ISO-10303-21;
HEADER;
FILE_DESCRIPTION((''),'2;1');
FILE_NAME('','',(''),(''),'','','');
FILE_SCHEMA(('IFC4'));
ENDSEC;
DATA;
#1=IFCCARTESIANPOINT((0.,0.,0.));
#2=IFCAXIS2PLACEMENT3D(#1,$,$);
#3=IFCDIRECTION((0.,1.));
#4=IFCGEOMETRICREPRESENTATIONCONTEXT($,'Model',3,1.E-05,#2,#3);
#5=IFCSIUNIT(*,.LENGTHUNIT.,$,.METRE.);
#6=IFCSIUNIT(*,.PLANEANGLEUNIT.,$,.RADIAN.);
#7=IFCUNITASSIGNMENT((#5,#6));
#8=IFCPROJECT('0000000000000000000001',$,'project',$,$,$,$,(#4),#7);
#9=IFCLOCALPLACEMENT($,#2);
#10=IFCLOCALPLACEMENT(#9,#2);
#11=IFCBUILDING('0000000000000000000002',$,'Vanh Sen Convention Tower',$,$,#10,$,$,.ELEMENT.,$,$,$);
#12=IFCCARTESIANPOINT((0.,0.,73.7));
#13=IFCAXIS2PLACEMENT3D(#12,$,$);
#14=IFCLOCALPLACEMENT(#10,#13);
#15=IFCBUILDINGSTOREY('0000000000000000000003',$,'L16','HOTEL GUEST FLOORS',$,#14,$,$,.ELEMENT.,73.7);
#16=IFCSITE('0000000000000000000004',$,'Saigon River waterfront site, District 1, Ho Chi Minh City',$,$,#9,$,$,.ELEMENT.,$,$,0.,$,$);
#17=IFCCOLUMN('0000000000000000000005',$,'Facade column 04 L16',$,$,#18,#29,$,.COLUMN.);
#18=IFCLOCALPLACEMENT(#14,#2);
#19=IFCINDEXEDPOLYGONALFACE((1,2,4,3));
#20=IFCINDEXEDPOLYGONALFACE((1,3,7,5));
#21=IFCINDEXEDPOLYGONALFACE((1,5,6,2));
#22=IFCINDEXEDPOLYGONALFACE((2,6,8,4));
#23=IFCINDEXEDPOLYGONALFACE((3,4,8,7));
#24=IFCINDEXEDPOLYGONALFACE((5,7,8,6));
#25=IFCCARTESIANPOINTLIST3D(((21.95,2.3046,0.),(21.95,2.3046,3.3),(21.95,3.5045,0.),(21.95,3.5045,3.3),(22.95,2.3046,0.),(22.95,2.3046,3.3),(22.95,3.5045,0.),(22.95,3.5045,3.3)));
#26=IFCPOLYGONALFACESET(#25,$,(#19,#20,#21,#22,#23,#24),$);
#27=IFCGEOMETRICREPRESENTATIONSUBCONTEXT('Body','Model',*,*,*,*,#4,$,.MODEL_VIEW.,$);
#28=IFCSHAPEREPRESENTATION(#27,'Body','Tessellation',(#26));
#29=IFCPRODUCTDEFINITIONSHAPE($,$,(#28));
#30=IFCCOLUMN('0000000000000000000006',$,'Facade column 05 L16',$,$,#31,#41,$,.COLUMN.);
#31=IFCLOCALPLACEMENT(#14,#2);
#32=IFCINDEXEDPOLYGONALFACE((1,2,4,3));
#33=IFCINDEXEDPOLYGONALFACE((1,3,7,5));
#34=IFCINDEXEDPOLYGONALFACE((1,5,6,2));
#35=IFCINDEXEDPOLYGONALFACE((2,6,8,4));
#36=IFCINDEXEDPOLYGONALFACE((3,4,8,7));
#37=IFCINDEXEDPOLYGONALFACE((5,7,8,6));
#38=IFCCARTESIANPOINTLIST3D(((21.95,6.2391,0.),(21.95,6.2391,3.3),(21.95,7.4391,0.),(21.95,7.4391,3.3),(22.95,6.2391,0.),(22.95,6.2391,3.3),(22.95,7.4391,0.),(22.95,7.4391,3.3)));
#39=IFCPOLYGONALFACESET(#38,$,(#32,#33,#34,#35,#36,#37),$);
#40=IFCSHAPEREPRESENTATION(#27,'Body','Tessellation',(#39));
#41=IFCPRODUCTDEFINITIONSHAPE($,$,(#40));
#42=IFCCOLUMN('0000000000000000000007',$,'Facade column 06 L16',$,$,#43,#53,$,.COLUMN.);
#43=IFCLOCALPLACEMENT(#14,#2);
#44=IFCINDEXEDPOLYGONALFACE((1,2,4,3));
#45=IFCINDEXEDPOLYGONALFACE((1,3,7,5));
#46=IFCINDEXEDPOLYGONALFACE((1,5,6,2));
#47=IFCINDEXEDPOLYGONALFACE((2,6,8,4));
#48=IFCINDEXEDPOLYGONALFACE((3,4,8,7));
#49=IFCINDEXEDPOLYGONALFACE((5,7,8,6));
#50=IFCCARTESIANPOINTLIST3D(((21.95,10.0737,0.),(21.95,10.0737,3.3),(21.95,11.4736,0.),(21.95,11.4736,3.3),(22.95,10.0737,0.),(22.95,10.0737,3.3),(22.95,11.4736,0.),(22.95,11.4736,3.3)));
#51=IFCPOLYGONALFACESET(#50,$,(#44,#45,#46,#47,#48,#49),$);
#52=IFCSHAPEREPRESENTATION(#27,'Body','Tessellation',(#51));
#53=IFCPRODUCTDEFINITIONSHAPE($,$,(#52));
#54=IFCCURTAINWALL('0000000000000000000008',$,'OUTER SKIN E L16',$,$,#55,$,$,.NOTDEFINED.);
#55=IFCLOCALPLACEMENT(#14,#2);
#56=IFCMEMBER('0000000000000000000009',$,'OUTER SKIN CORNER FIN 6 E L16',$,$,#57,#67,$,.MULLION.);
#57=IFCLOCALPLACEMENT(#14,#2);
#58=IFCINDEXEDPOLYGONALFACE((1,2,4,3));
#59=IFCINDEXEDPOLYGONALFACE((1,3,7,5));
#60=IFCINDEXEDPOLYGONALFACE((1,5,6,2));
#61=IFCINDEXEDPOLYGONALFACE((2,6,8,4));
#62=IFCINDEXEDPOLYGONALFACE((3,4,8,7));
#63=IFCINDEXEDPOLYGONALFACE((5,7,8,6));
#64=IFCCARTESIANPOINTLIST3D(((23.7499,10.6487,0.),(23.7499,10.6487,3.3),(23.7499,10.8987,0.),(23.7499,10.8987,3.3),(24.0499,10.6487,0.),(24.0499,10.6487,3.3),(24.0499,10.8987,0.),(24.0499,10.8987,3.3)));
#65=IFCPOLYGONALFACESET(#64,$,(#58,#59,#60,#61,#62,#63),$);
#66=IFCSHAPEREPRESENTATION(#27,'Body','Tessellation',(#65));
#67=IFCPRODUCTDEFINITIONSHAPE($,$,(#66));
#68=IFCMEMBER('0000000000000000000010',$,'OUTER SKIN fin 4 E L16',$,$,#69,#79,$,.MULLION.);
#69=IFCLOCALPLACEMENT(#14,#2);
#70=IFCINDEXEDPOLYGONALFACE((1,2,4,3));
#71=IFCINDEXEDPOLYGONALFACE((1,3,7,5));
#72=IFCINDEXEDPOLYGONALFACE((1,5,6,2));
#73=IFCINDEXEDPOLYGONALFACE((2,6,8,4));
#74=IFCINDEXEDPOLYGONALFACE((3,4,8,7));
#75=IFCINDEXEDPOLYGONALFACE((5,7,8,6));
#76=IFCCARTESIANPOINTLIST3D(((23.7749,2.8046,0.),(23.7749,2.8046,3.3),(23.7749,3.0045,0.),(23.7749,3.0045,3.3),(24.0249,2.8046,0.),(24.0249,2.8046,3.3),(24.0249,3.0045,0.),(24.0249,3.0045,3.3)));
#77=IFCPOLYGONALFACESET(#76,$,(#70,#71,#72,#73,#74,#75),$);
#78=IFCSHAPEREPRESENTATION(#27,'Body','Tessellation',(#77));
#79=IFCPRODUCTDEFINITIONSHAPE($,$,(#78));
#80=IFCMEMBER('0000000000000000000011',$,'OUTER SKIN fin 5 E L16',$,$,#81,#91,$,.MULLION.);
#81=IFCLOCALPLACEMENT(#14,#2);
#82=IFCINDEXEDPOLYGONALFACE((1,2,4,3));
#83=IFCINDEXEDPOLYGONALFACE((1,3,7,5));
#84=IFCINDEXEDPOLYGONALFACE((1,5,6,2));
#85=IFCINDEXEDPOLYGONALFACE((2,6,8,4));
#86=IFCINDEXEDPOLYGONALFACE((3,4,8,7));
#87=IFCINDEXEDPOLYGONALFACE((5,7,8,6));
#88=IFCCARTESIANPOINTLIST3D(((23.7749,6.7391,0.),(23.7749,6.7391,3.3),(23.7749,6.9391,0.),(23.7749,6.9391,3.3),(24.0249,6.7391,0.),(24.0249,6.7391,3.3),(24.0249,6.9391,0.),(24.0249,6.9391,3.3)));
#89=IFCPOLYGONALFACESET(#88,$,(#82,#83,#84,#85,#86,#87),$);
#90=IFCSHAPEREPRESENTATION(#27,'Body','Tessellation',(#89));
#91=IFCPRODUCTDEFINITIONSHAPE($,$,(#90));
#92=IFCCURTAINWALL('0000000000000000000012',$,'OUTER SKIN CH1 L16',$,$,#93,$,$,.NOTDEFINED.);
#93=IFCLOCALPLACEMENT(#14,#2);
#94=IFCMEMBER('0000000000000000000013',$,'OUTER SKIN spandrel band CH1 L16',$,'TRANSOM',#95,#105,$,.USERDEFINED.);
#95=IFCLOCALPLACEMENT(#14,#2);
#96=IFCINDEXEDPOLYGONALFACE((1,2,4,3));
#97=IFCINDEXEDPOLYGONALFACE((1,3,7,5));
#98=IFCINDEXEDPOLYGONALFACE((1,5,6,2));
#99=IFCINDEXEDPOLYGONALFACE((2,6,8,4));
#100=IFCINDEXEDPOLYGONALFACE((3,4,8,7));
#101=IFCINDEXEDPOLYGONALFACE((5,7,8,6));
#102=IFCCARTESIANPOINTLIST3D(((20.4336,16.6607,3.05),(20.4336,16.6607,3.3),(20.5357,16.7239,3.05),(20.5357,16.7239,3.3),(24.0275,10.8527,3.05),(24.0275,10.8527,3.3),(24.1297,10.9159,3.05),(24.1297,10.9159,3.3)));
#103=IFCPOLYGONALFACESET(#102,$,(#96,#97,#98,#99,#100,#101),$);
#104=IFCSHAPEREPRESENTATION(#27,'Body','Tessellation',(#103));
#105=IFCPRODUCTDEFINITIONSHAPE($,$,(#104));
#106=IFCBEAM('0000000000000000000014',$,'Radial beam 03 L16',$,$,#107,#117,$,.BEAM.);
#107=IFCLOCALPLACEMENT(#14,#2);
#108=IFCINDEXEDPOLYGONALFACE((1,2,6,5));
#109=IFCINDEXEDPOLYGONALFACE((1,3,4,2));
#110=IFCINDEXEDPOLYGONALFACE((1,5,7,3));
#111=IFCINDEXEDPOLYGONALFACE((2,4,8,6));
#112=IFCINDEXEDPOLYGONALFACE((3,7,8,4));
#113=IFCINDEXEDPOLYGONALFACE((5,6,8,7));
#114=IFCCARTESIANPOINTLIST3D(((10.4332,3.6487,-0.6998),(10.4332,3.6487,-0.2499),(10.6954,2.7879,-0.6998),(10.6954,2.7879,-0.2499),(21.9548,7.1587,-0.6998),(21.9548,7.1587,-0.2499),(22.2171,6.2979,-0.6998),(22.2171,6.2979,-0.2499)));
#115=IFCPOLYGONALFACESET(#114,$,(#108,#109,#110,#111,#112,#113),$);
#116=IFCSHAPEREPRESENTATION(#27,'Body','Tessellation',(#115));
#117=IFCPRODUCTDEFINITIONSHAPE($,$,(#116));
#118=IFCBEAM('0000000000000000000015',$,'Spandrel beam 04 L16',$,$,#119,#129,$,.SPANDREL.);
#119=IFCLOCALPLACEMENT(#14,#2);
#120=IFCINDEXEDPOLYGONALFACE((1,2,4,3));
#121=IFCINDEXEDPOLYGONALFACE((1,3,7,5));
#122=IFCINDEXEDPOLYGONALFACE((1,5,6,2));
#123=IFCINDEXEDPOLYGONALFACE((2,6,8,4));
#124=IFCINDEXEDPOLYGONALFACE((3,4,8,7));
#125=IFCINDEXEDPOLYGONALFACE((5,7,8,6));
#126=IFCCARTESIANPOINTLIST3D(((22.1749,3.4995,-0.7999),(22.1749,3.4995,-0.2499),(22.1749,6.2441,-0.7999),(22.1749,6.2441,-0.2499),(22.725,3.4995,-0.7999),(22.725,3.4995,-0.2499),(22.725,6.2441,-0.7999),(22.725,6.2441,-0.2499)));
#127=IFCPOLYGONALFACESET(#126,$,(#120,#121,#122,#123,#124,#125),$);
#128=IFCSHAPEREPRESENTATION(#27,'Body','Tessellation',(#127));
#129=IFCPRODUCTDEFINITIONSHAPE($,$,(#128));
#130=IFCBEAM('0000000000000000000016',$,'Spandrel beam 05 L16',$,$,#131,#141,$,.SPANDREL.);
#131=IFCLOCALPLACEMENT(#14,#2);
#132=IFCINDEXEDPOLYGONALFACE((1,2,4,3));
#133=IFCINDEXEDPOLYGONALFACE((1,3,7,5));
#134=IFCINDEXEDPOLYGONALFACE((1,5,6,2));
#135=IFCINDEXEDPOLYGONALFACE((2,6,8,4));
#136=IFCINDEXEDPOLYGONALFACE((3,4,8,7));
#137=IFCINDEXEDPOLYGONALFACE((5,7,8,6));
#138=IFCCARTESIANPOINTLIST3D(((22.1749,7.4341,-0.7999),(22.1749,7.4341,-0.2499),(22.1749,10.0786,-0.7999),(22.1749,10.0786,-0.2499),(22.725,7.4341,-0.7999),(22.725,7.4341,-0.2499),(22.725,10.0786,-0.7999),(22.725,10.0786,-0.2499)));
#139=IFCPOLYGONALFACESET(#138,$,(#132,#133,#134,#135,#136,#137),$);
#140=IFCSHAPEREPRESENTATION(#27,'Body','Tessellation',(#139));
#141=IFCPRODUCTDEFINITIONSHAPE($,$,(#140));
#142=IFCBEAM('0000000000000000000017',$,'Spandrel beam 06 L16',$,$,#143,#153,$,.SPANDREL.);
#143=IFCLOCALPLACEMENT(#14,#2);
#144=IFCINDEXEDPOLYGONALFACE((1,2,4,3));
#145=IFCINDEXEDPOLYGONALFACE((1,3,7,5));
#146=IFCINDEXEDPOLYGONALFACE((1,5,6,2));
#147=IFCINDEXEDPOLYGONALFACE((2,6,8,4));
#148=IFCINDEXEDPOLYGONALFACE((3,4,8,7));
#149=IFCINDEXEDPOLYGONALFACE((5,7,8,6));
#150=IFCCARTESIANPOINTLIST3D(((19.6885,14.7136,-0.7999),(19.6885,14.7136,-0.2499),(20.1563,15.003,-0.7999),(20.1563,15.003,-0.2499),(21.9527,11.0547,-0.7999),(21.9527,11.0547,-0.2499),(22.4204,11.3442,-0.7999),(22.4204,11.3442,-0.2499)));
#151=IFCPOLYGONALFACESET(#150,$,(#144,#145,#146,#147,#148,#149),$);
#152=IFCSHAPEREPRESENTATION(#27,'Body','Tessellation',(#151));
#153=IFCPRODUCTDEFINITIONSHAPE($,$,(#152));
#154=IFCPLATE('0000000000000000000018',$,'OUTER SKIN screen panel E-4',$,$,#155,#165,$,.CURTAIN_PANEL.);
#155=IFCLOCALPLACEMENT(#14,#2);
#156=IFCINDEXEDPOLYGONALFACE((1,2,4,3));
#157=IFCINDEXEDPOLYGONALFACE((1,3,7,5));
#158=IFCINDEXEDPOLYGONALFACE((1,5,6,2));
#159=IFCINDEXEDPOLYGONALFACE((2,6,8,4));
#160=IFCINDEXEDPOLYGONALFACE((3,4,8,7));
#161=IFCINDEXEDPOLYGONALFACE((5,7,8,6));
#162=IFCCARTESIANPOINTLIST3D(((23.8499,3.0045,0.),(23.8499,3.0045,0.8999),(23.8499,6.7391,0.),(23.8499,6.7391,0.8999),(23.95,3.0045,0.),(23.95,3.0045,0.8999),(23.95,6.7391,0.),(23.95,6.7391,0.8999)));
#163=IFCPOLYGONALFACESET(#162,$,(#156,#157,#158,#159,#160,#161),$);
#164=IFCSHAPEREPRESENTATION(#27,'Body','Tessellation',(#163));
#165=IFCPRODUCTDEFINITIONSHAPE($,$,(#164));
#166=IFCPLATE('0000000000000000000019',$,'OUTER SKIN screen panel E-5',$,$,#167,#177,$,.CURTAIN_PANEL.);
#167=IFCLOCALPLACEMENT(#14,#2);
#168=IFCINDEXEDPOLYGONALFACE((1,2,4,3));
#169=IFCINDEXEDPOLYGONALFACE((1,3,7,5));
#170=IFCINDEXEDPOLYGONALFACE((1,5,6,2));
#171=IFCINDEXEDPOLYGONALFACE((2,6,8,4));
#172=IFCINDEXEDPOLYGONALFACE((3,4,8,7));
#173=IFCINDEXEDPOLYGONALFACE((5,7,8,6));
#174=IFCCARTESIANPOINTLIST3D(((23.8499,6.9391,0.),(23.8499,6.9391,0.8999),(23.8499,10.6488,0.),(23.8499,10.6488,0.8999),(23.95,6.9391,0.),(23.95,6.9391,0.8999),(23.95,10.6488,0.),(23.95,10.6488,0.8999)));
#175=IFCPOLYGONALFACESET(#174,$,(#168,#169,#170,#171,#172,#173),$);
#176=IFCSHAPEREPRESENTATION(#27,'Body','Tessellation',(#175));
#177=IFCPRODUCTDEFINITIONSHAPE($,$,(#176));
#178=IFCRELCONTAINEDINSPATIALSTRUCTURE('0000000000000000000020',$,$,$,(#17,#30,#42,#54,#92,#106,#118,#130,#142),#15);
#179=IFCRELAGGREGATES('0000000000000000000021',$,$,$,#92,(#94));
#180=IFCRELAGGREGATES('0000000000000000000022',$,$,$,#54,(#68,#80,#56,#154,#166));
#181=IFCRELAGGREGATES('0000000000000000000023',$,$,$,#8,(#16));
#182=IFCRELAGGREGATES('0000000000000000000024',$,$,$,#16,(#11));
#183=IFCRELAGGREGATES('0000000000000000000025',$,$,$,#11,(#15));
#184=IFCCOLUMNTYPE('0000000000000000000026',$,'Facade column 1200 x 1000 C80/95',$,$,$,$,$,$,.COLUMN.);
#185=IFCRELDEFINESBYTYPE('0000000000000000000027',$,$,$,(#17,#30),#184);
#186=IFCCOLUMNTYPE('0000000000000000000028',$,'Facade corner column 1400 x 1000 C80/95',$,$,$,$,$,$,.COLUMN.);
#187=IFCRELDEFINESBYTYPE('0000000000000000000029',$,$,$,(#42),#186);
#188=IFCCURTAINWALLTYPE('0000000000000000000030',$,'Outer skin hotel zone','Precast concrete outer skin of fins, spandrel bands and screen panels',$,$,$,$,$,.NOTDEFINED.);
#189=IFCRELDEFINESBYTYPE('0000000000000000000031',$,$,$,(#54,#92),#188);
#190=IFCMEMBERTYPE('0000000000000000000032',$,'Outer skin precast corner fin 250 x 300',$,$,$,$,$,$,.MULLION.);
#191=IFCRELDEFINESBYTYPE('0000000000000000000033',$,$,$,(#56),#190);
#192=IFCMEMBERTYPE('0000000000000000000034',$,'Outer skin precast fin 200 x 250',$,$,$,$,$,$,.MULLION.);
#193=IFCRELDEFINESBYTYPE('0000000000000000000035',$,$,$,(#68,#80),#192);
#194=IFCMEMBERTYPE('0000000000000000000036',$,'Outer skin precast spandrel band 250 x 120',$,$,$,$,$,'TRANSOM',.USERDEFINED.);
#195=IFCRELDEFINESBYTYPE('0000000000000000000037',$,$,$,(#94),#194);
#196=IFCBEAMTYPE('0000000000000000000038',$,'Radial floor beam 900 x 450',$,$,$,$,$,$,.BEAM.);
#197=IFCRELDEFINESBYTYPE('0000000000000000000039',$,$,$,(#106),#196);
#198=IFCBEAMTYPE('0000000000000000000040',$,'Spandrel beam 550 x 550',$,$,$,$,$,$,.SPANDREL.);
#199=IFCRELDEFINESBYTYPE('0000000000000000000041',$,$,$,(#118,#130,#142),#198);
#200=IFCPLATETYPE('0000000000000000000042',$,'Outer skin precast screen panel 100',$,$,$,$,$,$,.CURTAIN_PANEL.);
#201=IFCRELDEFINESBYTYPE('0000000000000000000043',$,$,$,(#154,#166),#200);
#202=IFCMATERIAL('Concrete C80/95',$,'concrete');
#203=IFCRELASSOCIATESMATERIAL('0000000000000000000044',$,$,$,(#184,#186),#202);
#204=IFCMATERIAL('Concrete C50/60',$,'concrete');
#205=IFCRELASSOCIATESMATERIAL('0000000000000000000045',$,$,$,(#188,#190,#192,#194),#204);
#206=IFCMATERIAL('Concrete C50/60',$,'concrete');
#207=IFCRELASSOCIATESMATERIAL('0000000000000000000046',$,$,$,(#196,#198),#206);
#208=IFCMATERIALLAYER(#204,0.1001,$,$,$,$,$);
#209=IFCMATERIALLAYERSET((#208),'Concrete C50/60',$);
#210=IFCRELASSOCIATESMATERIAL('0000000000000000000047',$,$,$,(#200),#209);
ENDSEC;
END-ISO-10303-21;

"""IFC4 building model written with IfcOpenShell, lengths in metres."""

from ifc_helpers import new_model, si_unit, direction, frame, origin, origin_2d, place, context, subcontext, project, spatial, rectangle, extrude, material, layer, layer_set, material_profile, profile_set, type_object, element, aggregate, save


model = new_model("IFC4")

# Units and contexts
model_context = context("Model", 3, precision=1e-05, world=origin(), true_north=direction((0.0, 1.0)))
body_context = subcontext(model_context, "Body", "Model", "MODEL_VIEW")
ifc_project = project(units=[si_unit("LENGTHUNIT", "METRE"), si_unit("PLANEANGLEUNIT", "RADIAN")], contexts=[model_context])

# Site, building, storey
site_placement = place(None, origin())
site = spatial("IfcSite", under=ifc_project, at=site_placement, Name="Saigon River waterfront site, District 1, Ho Chi Minh City", CompositionType="ELEMENT", RefElevation=0.0)
building_placement = place(site_placement, origin())
building = spatial("IfcBuilding", under=site, at=building_placement, Name="Vanh Sen Convention Tower", CompositionType="ELEMENT")
storey_placement = place(building_placement, frame((0.0, 0.0, 73.7)))
storey = spatial("IfcBuildingStorey", under=building, at=storey_placement, Name="L16", Description="HOTEL GUEST FLOORS", CompositionType="ELEMENT", Elevation=73.7)

# Columns
ifc_material_1 = material(Name="Concrete C80/95", Category="concrete")
ifc_material_profile_1 = material_profile(ifc_material_1, rectangle(XDim=1.2, YDim=1.0, at=origin_2d()), Name="RC 1200X1000")
ifc_profile_set_1 = profile_set([ifc_material_profile_1], Name="Concrete C80/95")
column_type_1 = type_object("IfcColumnType", Name="Facade column 1200 x 1000 C80/95", PredefinedType="COLUMN", material=ifc_profile_set_1)
for number, where, z_axis, x_axis, name in (
    (1, (22.45, 2.9045, 0.0), (0.0, 0.0, 1.0), (0.0, 1.0, 0.0), "Facade column 04 L16"),
    (2, (22.45, 6.8391, 0.0), (0.0, 0.0, 1.0), (0.0, 1.0, 0.0), "Facade column 05 L16"),
):
    element("IfcColumn", number, at=place(storey_placement, frame(where, z_axis=z_axis, x_axis=x_axis)), inside=storey, type_object=column_type_1, Name=name, PredefinedType="COLUMN", context=body_context, shape_type="SweptSolid", body=[
        extrude(rectangle(XDim=1.2, YDim=1.0, at=origin_2d()), origin(), (0.0, 0.0, 1.0), 3.3),
    ])
ifc_material_profile_2 = material_profile(ifc_material_1, rectangle(XDim=1.3999, YDim=1.0, at=origin_2d()), Name="RC 1400X1000")
ifc_profile_set_2 = profile_set([ifc_material_profile_2], Name="Concrete C80/95")
column_type_2 = type_object("IfcColumnType", Name="Facade corner column 1400 x 1000 C80/95", PredefinedType="COLUMN", material=ifc_profile_set_2)
column_placement = place(storey_placement, frame((22.45, 10.7737, 0.0), z_axis=(0.0, 0.0, 1.0), x_axis=(0.0, 1.0, 0.0)))
element("IfcColumn", 3, at=column_placement, inside=storey, type_object=column_type_2, Name="Facade column 06 L16", PredefinedType="COLUMN", context=body_context, shape_type="SweptSolid", body=[
    extrude(rectangle(XDim=1.3999, YDim=1.0, at=origin_2d()), origin(), (0.0, 0.0, 1.0), 3.3),
])

# Curtain wall, members
ifc_material_2 = material(Name="Concrete C50/60", Category="concrete")
curtain_wall_type = type_object("IfcCurtainWallType", Name="Outer skin hotel zone", Description="Precast concrete outer skin of fins, spandrel bands and screen panels", PredefinedType="NOTDEFINED", material=ifc_material_2)
curtain_wall_1_placement = place(storey_placement, origin())
curtain_wall_1 = element("IfcCurtainWall", 4, at=curtain_wall_1_placement, inside=storey, type_object=curtain_wall_type, Name="OUTER SKIN E L16", PredefinedType="NOTDEFINED")
ifc_material_profile_3 = material_profile(ifc_material_2, rectangle(XDim=0.25, YDim=0.3, at=origin_2d()), Name="Outer skin precast corner fin 250 x 300")
ifc_profile_set_3 = profile_set([ifc_material_profile_3], Name="Concrete C50/60")
member_type_1 = type_object("IfcMemberType", Name="Outer skin precast corner fin 250 x 300", PredefinedType="MULLION", material=ifc_profile_set_3)
member_1_placement = place(storey_placement, frame((23.8999, 10.7737, 0.0), z_axis=(0.0, 0.0, 1.0), x_axis=(0.0, 1.0, 0.0)))
member_1 = element("IfcMember", 5, at=member_1_placement, type_object=member_type_1, Name="OUTER SKIN CORNER FIN 6 E L16", PredefinedType="MULLION", context=body_context, shape_type="SweptSolid", body=[
    extrude(rectangle(XDim=0.25, YDim=0.3, at=origin_2d()), origin(), (0.0, 0.0, 1.0), 3.3),
])
ifc_material_profile_4 = material_profile(ifc_material_2, rectangle(XDim=0.2, YDim=0.25, at=origin_2d()), Name="Outer skin precast fin 200 x 250")
ifc_profile_set_4 = profile_set([ifc_material_profile_4], Name="Concrete C50/60")
member_type_2 = type_object("IfcMemberType", Name="Outer skin precast fin 200 x 250", PredefinedType="MULLION", material=ifc_profile_set_4)
member_2_placement = place(storey_placement, frame((23.8999, 2.9045, 0.0), z_axis=(0.0, 0.0, 1.0), x_axis=(0.0, 1.0, 0.0)))
member_2 = element("IfcMember", 6, at=member_2_placement, type_object=member_type_2, Name="OUTER SKIN fin 4 E L16", PredefinedType="MULLION", context=body_context, shape_type="SweptSolid", body=[
    extrude(rectangle(XDim=0.2, YDim=0.25, at=origin_2d()), origin(), (0.0, 0.0, 1.0), 3.3),
])
member_3_placement = place(storey_placement, frame((23.8999, 6.8391, 0.0), z_axis=(0.0, 0.0, 1.0), x_axis=(0.0, 1.0, 0.0)))
member_3 = element("IfcMember", 7, at=member_3_placement, type_object=member_type_2, Name="OUTER SKIN fin 5 E L16", PredefinedType="MULLION", context=body_context, shape_type="SweptSolid", body=[
    extrude(rectangle(XDim=0.2, YDim=0.25, at=origin_2d()), origin(), (0.0, 0.0, 1.0), 3.3),
])

# Curtain wall, member
curtain_wall_2_placement = place(storey_placement, origin())
curtain_wall_2 = element("IfcCurtainWall", 8, at=curtain_wall_2_placement, inside=storey, type_object=curtain_wall_type, Name="OUTER SKIN CH1 L16", PredefinedType="NOTDEFINED")
ifc_material_profile_5 = material_profile(ifc_material_2, rectangle(XDim=0.1201, YDim=0.25, at=origin_2d()), Name="Outer skin precast spandrel band 250 x 120")
ifc_profile_set_5 = profile_set([ifc_material_profile_5], Name="Concrete C50/60")
member_type_3 = type_object("IfcMemberType", Name="Outer skin precast spandrel band 250 x 120", ElementType="TRANSOM", PredefinedType="USERDEFINED", material=ifc_profile_set_5)
member_4_placement = place(storey_placement, frame((24.0786, 10.8843, 3.175), z_axis=(-0.526196, 0.850363, 0.0), x_axis=(-0.850363, -0.526196, 0.0)))
member_4 = element("IfcMember", 9, at=member_4_placement, type_object=member_type_3, Name="OUTER SKIN spandrel band CH1 L16", ObjectType="TRANSOM", PredefinedType="USERDEFINED", context=body_context, shape_type="SweptSolid", body=[
    extrude(rectangle(XDim=0.1201, YDim=0.25, at=origin_2d()), origin(), (0.0, 0.0, 1.0), 6.8301),
])
aggregate(curtain_wall_2, [member_4])

# Beams
ifc_material_3 = material(Name="Concrete C50/60", Category="concrete")
ifc_material_profile_6 = material_profile(ifc_material_3, rectangle(XDim=0.8999, YDim=0.45, at=origin_2d()), Name="RC 900X450")
ifc_profile_set_6 = profile_set([ifc_material_profile_6], Name="Concrete C50/60")
beam_type_1 = type_object("IfcBeamType", Name="Radial floor beam 900 x 450", PredefinedType="BEAM", material=ifc_profile_set_6)
beam_1_placement = place(storey_placement, frame((22.0859, 6.7283, -0.4749), z_axis=(-0.956595, -0.29142, 0.0), x_axis=(0.29142, -0.956595, 0.0)))
element("IfcBeam", 10, at=beam_1_placement, inside=storey, type_object=beam_type_1, Name="Radial beam 03 L16", PredefinedType="BEAM", context=body_context, shape_type="SweptSolid", body=[
    extrude(rectangle(XDim=0.8999, YDim=0.45, at=origin_2d()), origin(), (0.0, 0.0, 1.0), 12.0444),
])
ifc_material_profile_7 = material_profile(ifc_material_3, rectangle(XDim=0.55, YDim=0.55, at=origin_2d()), Name="RC 550X550")
ifc_profile_set_7 = profile_set([ifc_material_profile_7], Name="Concrete C50/60")
beam_type_2 = type_object("IfcBeamType", Name="Spandrel beam 550 x 550", PredefinedType="SPANDREL", material=ifc_profile_set_7)
beam_2_placement = place(storey_placement, frame((22.45, 3.4995, -0.5249), z_axis=(0.0, 1.0, 0.0), x_axis=(-1.0, 0.0, 0.0)))
element("IfcBeam", 11, at=beam_2_placement, inside=storey, type_object=beam_type_2, Name="Spandrel beam 04 L16", PredefinedType="SPANDREL", context=body_context, shape_type="SweptSolid", body=[
    extrude(rectangle(XDim=0.55, YDim=0.55, at=origin_2d()), origin(), (0.0, 0.0, 1.0), 2.7446),
])
beam_3_placement = place(storey_placement, frame((22.45, 7.4341, -0.5249), z_axis=(0.0, 1.0, 0.0), x_axis=(-1.0, 0.0, 0.0)))
element("IfcBeam", 12, at=beam_3_placement, inside=storey, type_object=beam_type_2, Name="Spandrel beam 05 L16", PredefinedType="SPANDREL", context=body_context, shape_type="SweptSolid", body=[
    extrude(rectangle(XDim=0.55, YDim=0.55, at=origin_2d()), origin(), (0.0, 0.0, 1.0), 2.6445),
])
beam_4_placement = place(storey_placement, frame((22.1865, 11.1995, -0.5249), z_axis=(-0.526204, 0.850358, 0.0), x_axis=(-0.850358, -0.526204, 0.0)))
element("IfcBeam", 13, at=beam_4_placement, inside=storey, type_object=beam_type_2, Name="Spandrel beam 06 L16", PredefinedType="SPANDREL", context=body_context, shape_type="SweptSolid", body=[
    extrude(rectangle(XDim=0.55, YDim=0.55, at=origin_2d()), origin(), (0.0, 0.0, 1.0), 4.3027),
])

# Plates
ifc_layer_1 = layer(ifc_material_2, 0.1001)
ifc_layer_set_1 = layer_set([ifc_layer_1], Name="Concrete C50/60")
plate_type = type_object("IfcPlateType", Name="Outer skin precast screen panel 100", PredefinedType="CURTAIN_PANEL", material=ifc_layer_set_1)
plate_1_placement = place(storey_placement, frame((23.8999, 4.8718, 0.0), z_axis=(0.0, 0.0, 1.0), x_axis=(0.0, 1.0, 0.0)))
plate_1 = element("IfcPlate", 14, at=plate_1_placement, type_object=plate_type, Name="OUTER SKIN screen panel E-4", PredefinedType="CURTAIN_PANEL", context=body_context, shape_type="SweptSolid", body=[
    extrude(rectangle(XDim=3.7346, YDim=0.1001, at=origin_2d()), origin(), (0.0, 0.0, 1.0), 0.8999),
])
plate_2_placement = place(storey_placement, frame((23.8999, 8.7939, 0.0), z_axis=(0.0, 0.0, 1.0), x_axis=(0.0, 1.0, 0.0)))
plate_2 = element("IfcPlate", 15, at=plate_2_placement, type_object=plate_type, Name="OUTER SKIN screen panel E-5", PredefinedType="CURTAIN_PANEL", context=body_context, shape_type="SweptSolid", body=[
    extrude(rectangle(XDim=3.7097, YDim=0.1001, at=origin_2d()), origin(), (0.0, 0.0, 1.0), 0.8999),
])
aggregate(curtain_wall_1, [member_2, member_3, member_1, plate_1, plate_2])

save(model, "model.ifc")
